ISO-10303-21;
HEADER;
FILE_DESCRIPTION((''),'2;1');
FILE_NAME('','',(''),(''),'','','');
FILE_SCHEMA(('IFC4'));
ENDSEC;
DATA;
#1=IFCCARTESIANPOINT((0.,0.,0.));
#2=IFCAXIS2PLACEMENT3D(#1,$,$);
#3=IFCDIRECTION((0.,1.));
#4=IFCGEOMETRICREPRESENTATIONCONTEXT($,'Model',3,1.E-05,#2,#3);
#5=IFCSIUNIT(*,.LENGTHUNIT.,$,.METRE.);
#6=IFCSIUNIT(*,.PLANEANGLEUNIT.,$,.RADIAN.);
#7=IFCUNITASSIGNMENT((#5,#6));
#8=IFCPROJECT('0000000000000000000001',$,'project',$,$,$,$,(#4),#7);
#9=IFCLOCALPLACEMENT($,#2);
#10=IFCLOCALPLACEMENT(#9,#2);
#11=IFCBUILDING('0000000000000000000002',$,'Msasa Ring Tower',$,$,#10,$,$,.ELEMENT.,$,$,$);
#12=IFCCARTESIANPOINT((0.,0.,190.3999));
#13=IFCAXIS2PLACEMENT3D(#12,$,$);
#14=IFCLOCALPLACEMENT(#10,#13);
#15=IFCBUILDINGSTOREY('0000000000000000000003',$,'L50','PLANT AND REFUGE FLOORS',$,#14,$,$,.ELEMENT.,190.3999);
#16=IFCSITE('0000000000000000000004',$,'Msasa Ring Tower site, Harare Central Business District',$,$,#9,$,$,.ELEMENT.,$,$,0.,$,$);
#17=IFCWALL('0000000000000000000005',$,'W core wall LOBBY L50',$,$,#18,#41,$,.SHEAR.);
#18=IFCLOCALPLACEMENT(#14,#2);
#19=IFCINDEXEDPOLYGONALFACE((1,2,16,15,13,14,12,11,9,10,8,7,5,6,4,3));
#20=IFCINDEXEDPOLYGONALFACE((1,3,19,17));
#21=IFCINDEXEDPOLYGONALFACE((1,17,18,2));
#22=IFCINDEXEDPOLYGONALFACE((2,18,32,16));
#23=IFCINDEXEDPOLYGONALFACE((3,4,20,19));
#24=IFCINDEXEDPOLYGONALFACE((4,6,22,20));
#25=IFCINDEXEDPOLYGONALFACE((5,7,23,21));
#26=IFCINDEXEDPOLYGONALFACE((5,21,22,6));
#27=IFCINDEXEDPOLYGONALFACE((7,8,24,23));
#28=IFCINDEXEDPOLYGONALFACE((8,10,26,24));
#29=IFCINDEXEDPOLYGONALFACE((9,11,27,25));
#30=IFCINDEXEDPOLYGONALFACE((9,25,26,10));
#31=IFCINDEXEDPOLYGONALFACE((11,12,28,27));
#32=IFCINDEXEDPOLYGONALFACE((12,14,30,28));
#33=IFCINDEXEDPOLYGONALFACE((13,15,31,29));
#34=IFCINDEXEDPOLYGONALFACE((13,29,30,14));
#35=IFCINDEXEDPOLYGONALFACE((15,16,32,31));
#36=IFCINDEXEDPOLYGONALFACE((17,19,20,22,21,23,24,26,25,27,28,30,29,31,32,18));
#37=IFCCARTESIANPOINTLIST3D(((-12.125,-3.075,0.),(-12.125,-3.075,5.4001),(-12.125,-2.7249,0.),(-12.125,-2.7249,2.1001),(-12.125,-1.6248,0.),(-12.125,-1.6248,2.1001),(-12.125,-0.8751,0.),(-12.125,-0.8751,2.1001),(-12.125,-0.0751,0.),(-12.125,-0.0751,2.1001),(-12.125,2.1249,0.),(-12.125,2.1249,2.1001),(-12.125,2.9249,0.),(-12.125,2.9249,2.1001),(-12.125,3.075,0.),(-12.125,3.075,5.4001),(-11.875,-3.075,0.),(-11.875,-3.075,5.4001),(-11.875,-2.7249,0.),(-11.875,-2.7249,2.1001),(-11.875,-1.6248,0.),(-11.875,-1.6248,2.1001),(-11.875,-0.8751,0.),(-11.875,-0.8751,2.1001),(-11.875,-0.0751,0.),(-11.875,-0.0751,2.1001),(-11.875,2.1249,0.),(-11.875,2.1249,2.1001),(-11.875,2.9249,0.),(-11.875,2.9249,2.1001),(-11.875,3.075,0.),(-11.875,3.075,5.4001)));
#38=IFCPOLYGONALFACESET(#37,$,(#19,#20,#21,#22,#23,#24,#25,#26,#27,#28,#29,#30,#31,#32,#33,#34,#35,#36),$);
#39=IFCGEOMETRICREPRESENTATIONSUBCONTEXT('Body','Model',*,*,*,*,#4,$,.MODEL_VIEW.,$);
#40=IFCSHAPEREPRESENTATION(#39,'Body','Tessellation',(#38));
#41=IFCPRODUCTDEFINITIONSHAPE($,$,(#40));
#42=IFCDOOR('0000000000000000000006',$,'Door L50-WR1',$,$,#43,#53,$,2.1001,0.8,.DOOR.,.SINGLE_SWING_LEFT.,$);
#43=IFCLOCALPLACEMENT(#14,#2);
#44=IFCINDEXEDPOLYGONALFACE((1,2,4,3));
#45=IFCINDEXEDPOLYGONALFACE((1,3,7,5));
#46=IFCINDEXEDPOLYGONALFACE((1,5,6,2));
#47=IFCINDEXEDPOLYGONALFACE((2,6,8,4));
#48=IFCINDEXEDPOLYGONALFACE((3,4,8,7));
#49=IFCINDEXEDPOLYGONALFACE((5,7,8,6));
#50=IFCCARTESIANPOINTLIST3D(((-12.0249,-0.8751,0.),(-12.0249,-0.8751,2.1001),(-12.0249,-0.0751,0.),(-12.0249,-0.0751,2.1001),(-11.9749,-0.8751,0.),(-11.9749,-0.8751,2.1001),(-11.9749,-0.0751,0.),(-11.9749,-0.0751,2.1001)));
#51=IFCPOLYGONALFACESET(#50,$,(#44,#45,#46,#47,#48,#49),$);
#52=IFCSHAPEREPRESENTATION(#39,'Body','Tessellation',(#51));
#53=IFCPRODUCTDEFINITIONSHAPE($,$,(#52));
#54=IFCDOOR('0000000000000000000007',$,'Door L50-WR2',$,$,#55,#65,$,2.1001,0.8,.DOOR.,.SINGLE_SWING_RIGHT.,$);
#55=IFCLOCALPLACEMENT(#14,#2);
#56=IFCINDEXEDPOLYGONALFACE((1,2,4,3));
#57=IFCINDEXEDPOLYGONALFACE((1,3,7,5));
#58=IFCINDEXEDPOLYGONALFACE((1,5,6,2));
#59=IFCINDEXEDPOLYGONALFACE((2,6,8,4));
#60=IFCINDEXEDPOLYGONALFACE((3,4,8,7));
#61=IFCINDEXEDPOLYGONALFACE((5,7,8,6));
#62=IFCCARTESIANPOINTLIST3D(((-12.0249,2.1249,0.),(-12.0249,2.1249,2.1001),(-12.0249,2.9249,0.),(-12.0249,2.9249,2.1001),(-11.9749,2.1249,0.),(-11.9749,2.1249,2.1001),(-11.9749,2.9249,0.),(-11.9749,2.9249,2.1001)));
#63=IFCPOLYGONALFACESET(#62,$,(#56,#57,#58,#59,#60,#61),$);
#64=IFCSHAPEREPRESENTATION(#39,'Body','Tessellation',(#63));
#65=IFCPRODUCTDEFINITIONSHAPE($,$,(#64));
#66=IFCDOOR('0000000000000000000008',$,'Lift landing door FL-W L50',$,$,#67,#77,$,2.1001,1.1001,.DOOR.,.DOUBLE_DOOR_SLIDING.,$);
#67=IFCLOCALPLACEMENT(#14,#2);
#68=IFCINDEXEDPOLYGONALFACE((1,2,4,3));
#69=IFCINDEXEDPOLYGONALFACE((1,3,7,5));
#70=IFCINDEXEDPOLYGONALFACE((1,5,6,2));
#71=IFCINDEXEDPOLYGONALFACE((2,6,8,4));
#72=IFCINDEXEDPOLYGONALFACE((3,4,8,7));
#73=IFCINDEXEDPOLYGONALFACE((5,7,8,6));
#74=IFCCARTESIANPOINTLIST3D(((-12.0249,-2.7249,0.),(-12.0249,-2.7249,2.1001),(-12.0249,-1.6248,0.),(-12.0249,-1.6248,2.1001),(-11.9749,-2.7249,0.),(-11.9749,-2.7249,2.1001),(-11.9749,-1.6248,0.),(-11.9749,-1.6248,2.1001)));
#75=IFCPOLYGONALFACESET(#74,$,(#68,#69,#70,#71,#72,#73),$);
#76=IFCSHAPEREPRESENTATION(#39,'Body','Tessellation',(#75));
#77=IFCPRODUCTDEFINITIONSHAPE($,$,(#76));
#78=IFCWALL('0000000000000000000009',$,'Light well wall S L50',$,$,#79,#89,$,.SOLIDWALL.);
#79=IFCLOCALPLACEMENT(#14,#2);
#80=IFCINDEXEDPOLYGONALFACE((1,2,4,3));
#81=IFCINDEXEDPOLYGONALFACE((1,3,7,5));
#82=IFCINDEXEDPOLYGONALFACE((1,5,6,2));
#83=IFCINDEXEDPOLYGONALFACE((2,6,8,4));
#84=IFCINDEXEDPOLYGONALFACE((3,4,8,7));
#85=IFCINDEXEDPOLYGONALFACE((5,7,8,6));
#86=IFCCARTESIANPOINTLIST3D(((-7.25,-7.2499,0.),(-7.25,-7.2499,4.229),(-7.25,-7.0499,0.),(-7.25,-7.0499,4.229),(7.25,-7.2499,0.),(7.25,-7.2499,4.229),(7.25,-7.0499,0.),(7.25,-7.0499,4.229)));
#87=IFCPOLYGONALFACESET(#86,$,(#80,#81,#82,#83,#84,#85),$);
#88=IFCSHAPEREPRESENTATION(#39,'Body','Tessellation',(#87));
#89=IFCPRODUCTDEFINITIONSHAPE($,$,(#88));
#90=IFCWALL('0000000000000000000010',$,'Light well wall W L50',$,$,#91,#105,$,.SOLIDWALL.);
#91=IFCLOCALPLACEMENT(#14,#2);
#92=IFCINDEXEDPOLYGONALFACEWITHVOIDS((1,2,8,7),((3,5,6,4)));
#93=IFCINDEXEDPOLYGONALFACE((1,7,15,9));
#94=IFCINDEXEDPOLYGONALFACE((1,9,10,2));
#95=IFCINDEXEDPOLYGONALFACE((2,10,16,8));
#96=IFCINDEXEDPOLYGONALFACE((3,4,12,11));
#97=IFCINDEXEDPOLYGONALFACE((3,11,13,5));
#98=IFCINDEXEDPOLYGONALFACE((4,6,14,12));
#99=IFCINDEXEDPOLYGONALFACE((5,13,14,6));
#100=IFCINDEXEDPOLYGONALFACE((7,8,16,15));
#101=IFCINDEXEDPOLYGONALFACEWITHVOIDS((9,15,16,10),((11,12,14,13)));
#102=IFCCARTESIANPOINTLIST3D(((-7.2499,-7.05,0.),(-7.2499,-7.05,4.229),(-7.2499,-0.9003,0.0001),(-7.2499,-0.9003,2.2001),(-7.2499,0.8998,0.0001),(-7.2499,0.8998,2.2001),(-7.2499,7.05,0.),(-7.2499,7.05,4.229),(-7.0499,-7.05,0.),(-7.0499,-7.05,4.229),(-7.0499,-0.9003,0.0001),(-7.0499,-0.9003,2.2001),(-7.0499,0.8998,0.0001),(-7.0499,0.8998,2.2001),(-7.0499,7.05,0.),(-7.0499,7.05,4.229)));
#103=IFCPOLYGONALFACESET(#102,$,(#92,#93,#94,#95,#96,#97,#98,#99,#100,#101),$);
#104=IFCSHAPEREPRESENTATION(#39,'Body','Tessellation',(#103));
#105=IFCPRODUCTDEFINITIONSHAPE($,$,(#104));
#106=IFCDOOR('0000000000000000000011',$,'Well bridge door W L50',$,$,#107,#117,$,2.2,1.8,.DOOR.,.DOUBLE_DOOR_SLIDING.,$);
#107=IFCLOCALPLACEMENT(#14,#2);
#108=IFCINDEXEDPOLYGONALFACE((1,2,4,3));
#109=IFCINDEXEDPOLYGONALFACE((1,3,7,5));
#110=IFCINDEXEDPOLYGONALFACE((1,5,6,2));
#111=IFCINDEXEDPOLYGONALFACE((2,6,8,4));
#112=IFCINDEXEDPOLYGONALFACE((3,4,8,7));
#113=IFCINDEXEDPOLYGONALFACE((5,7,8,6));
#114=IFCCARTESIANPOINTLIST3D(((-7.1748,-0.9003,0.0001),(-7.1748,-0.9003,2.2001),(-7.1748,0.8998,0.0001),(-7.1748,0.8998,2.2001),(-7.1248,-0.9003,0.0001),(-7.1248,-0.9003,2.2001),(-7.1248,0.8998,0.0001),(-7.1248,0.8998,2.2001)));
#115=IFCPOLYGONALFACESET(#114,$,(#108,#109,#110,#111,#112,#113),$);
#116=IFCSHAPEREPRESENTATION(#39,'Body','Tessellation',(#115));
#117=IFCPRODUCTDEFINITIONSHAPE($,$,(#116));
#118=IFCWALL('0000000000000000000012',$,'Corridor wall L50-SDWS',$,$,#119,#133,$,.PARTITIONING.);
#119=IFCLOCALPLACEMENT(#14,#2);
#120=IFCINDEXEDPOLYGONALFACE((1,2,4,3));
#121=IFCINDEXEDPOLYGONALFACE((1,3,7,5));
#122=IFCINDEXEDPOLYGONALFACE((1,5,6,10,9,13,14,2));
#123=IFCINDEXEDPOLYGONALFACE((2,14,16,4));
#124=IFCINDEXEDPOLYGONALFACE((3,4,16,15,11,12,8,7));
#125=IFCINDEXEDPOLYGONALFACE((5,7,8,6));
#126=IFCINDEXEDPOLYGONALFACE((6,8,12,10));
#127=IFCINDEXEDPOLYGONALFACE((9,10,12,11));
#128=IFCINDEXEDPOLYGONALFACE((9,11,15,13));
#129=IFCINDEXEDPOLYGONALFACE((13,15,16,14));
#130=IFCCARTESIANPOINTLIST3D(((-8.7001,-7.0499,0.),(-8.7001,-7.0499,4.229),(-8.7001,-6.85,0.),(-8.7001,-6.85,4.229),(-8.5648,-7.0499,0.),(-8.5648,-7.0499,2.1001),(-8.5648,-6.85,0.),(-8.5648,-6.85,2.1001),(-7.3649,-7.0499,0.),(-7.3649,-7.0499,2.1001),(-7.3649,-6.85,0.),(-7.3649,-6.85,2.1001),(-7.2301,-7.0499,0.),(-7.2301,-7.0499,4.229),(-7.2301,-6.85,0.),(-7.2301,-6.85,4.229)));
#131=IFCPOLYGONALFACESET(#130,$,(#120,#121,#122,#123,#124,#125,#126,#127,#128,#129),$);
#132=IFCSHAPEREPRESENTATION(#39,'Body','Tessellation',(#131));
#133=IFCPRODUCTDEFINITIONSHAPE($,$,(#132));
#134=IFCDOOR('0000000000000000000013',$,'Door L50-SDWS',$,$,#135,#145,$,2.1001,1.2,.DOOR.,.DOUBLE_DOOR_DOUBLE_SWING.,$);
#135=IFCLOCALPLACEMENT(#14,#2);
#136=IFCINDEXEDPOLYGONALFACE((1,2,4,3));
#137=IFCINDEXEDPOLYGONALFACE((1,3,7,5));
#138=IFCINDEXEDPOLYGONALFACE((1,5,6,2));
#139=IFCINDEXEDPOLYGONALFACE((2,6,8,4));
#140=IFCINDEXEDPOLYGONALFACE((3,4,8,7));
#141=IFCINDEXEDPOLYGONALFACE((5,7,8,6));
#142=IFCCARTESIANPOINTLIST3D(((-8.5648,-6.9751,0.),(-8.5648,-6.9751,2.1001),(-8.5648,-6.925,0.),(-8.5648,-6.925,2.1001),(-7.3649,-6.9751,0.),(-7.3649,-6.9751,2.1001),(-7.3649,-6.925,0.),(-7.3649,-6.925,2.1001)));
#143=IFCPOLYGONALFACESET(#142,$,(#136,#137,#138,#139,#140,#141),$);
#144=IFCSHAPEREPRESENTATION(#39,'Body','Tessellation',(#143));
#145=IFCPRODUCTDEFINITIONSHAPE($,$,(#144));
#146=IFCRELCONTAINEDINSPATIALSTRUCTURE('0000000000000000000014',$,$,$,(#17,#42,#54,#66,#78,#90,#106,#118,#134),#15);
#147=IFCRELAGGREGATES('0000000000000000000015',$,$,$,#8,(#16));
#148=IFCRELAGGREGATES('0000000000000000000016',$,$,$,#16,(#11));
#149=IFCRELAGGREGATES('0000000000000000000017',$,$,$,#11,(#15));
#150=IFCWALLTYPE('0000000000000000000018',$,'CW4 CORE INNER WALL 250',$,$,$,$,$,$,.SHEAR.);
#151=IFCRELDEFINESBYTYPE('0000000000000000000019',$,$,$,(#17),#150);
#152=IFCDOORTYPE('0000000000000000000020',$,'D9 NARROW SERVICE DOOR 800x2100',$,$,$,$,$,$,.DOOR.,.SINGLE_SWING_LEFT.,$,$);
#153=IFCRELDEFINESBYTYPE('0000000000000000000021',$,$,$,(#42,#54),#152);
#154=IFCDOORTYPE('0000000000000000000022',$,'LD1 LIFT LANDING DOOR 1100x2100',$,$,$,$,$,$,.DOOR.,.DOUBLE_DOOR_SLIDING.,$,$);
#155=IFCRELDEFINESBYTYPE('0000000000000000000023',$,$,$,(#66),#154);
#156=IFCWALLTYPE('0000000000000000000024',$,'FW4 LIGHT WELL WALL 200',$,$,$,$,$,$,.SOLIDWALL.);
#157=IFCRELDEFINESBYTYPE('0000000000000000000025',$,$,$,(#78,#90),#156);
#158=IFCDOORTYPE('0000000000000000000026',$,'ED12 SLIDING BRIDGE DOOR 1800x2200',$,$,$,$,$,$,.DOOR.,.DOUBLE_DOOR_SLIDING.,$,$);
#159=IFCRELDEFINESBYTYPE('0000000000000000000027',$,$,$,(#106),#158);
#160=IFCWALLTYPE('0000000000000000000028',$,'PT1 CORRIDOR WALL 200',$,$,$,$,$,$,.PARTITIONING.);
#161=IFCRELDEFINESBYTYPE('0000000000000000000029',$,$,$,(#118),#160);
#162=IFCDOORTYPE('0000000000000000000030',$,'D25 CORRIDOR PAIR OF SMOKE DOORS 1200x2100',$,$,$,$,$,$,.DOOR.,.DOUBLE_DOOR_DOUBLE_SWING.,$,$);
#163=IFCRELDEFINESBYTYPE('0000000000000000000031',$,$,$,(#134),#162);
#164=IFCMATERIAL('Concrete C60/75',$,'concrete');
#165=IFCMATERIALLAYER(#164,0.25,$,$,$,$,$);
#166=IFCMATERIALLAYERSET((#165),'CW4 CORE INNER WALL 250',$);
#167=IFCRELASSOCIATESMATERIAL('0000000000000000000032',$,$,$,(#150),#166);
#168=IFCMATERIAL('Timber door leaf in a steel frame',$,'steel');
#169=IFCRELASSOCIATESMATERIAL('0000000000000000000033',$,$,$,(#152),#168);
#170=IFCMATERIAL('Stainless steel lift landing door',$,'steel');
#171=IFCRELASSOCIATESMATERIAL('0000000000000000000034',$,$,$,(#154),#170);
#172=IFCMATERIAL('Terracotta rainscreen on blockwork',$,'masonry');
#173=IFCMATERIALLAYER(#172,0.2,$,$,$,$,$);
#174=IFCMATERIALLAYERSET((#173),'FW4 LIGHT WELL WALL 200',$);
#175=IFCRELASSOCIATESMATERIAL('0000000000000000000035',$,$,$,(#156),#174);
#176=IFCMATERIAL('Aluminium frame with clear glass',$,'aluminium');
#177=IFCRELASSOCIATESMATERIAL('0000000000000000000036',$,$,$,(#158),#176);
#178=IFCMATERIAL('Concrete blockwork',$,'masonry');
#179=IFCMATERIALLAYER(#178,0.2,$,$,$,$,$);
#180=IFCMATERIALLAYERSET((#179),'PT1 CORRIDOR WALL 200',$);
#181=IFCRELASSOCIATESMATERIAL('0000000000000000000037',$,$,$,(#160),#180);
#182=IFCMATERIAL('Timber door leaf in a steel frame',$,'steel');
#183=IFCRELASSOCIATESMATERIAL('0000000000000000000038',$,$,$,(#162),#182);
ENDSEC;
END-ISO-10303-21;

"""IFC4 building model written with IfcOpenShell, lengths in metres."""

from ifc_helpers import new_model, si_unit, direction, frame, frame_2d, origin, place, context, subcontext, project, spatial, rectangle, extrude, material, layer, layer_set, type_object, element, fill, save


model = new_model("IFC4")

# Units and contexts
model_context = context("Model", 3, precision=1e-05, world=origin(), true_north=direction((0.0, 1.0)))
body_context = subcontext(model_context, "Body", "Model", "MODEL_VIEW")
ifc_project = project(units=[si_unit("LENGTHUNIT", "METRE"), si_unit("PLANEANGLEUNIT", "RADIAN")], contexts=[model_context])

# Site, building, storey
site_placement = place(None, origin())
site = spatial("IfcSite", under=ifc_project, at=site_placement, Name="Msasa Ring Tower site, Harare Central Business District", CompositionType="ELEMENT", RefElevation=0.0)
building_placement = place(site_placement, origin())
building = spatial("IfcBuilding", under=site, at=building_placement, Name="Msasa Ring Tower", CompositionType="ELEMENT")
storey_placement = place(building_placement, frame((0.0, 0.0, 190.3999)))
storey = spatial("IfcBuildingStorey", under=building, at=storey_placement, Name="L50", Description="PLANT AND REFUGE FLOORS", CompositionType="ELEMENT", Elevation=190.3999)

# Shared definitions
ifc_material_1 = material(Name="Concrete C60/75", Category="concrete")
ifc_layer_1 = layer(ifc_material_1, 0.25)
ifc_layer_set_1 = layer_set([ifc_layer_1], Name="CW4 CORE INNER WALL 250")
wall_type_1 = type_object("IfcWallType", Name="CW4 CORE INNER WALL 250", PredefinedType="SHEAR", material=ifc_layer_set_1)

# Wall, openings, doors
wall_1_placement = place(storey_placement, frame((-12.0, -3.075, 0.0), z_axis=(0.0, 0.0, 1.0), x_axis=(0.0, 1.0, 0.0)))
wall_1 = element("IfcWall", 1, at=wall_1_placement, inside=storey, type_object=wall_type_1, Name="W core wall LOBBY L50", PredefinedType="SHEAR", context=body_context, shape_type="SweptSolid", body=[
    extrude(rectangle(XDim=6.1499, YDim=0.25, at=frame_2d((3.075, 0.0))), origin(), (0.0, 0.0, 1.0), 5.4001),
])
opening_1_placement = place(wall_1_placement, frame((2.2, 0.0, 0.0)))
opening_1 = element("IfcOpeningElement", 2, at=opening_1_placement, cuts=wall_1, PredefinedType="OPENING", context=body_context, shape_type="SweptSolid", body=[
    extrude(rectangle(XDim=0.8, YDim=2.1001, at=frame_2d((0.3999, 1.05))), frame((0.0, 0.135, 0.0), z_axis=(0.0, -1.0, 0.0), x_axis=(1.0, 0.0, 0.0)), (0.0, 0.0, 1.0), 0.27),
])
opening_2_placement = place(wall_1_placement, frame((5.2, 0.0, 0.0)))
opening_2 = element("IfcOpeningElement", 3, at=opening_2_placement, cuts=wall_1, PredefinedType="OPENING", context=body_context, shape_type="SweptSolid", body=[
    extrude(rectangle(XDim=0.8, YDim=2.1001, at=frame_2d((0.3999, 1.05))), frame((0.0, 0.135, 0.0), z_axis=(0.0, -1.0, 0.0), x_axis=(1.0, 0.0, 0.0)), (0.0, 0.0, 1.0), 0.27),
])
opening_3_placement = place(wall_1_placement, frame((0.3501, 0.0, 0.0)))
opening_3 = element("IfcOpeningElement", 4, at=opening_3_placement, cuts=wall_1, PredefinedType="OPENING", context=body_context, shape_type="SweptSolid", body=[
    extrude(rectangle(XDim=1.1001, YDim=2.1001, at=frame_2d((0.55, 1.05))), frame((0.0, 0.135, 0.0), z_axis=(0.0, -1.0, 0.0), x_axis=(1.0, 0.0, 0.0)), (0.0, 0.0, 1.0), 0.27),
])
ifc_material_2 = material(Name="Timber door leaf in a steel frame", Category="steel")
door_type_1 = type_object("IfcDoorType", Name="D9 NARROW SERVICE DOOR 800x2100", OperationType="SINGLE_SWING_LEFT", PredefinedType="DOOR", material=ifc_material_2)
door_1_placement = place(opening_1_placement, origin())
door_1 = element("IfcDoor", 5, at=door_1_placement, inside=storey, type_object=door_type_1, Name="Door L50-WR1", OperationType="SINGLE_SWING_LEFT", OverallHeight=2.1001, OverallWidth=0.8, PredefinedType="DOOR", context=body_context, shape_type="SweptSolid", body=[
    extrude(rectangle(XDim=0.8, YDim=2.1001, at=frame_2d((0.3999, 1.05))), frame((0.0, 0.0249, 0.0), z_axis=(0.0, -1.0, 0.0), x_axis=(1.0, 0.0, 0.0)), (0.0, 0.0, 1.0), 0.05),
])
fill(opening_1, door_1)
door_2_placement = place(opening_2_placement, origin())
door_2 = element("IfcDoor", 6, at=door_2_placement, inside=storey, type_object=door_type_1, Name="Door L50-WR2", OperationType="SINGLE_SWING_RIGHT", OverallHeight=2.1001, OverallWidth=0.8, PredefinedType="DOOR", context=body_context, shape_type="SweptSolid", body=[
    extrude(rectangle(XDim=0.8, YDim=2.1001, at=frame_2d((0.3999, 1.05))), frame((0.0, 0.0249, 0.0), z_axis=(0.0, -1.0, 0.0), x_axis=(1.0, 0.0, 0.0)), (0.0, 0.0, 1.0), 0.05),
])
fill(opening_2, door_2)
ifc_material_3 = material(Name="Stainless steel lift landing door", Category="steel")
door_type_2 = type_object("IfcDoorType", Name="LD1 LIFT LANDING DOOR 1100x2100", OperationType="DOUBLE_DOOR_SLIDING", PredefinedType="DOOR", material=ifc_material_3)
door_3_placement = place(opening_3_placement, origin())
door_3 = element("IfcDoor", 7, at=door_3_placement, inside=storey, type_object=door_type_2, Name="Lift landing door FL-W L50", OperationType="DOUBLE_DOOR_SLIDING", OverallHeight=2.1001, OverallWidth=1.1001, PredefinedType="DOOR", context=body_context, shape_type="SweptSolid", body=[
    extrude(rectangle(XDim=1.1001, YDim=2.1001, at=frame_2d((0.55, 1.05))), frame((0.0, 0.0249, 0.0), z_axis=(0.0, -1.0, 0.0), x_axis=(1.0, 0.0, 0.0)), (0.0, 0.0, 1.0), 0.05),
])
fill(opening_3, door_3)

# Wall
ifc_material_4 = material(Name="Terracotta rainscreen on blockwork", Category="masonry")
ifc_layer_2 = layer(ifc_material_4, 0.2)
ifc_layer_set_2 = layer_set([ifc_layer_2], Name="FW4 LIGHT WELL WALL 200")
wall_type_2 = type_object("IfcWallType", Name="FW4 LIGHT WELL WALL 200", PredefinedType="SOLIDWALL", material=ifc_layer_set_2)
wall_2_placement = place(storey_placement, frame((-7.25, -7.1499, 0.0), z_axis=(0.0, 0.0, 1.0), x_axis=(1.0, 0.0, 0.0)))
element("IfcWall", 8, at=wall_2_placement, inside=storey, type_object=wall_type_2, Name="Light well wall S L50", PredefinedType="SOLIDWALL", context=body_context, shape_type="SweptSolid", body=[
    extrude(rectangle(XDim=14.5, YDim=0.2, at=frame_2d((7.25, 0.0))), origin(), (0.0, 0.0, 1.0), 4.229),
])

# Walls, openings, doors
wall_3_placement = place(storey_placement, frame((-7.1499, -7.05, 0.0), z_axis=(0.0, 0.0, 1.0), x_axis=(0.0, 1.0, 0.0)))
wall_3 = element("IfcWall", 9, at=wall_3_placement, inside=storey, type_object=wall_type_2, Name="Light well wall W L50", PredefinedType="SOLIDWALL", context=body_context, shape_type="SweptSolid", body=[
    extrude(rectangle(XDim=14.1001, YDim=0.2, at=frame_2d((7.05, 0.0))), origin(), (0.0, 0.0, 1.0), 4.229),
])
opening_4_placement = place(wall_3_placement, frame((6.1499, 0.0, 0.0)))
opening_4 = element("IfcOpeningElement", 10, at=opening_4_placement, cuts=wall_3, PredefinedType="OPENING", context=body_context, shape_type="SweptSolid", body=[
    extrude(rectangle(XDim=1.8, YDim=2.2, at=frame_2d((0.8999, 1.1001))), frame((0.0, 0.1099, 0.0), z_axis=(0.0, -1.0, 0.0), x_axis=(1.0, 0.0, 0.0)), (0.0, 0.0, 1.0), 0.22),
])
ifc_material_5 = material(Name="Aluminium frame with clear glass", Category="aluminium")
door_type_3 = type_object("IfcDoorType", Name="ED12 SLIDING BRIDGE DOOR 1800x2200", OperationType="DOUBLE_DOOR_SLIDING", PredefinedType="DOOR", material=ifc_material_5)
door_4_placement = place(opening_4_placement, origin())
door_4 = element("IfcDoor", 11, at=door_4_placement, inside=storey, type_object=door_type_3, Name="Well bridge door W L50", OperationType="DOUBLE_DOOR_SLIDING", OverallHeight=2.2, OverallWidth=1.8, PredefinedType="DOOR", context=body_context, shape_type="SweptSolid", body=[
    extrude(rectangle(XDim=1.8, YDim=2.2, at=frame_2d((0.8999, 1.1001))), frame((0.0, 0.0249, 0.0), z_axis=(0.0, -1.0, 0.0), x_axis=(1.0, 0.0, 0.0)), (0.0, 0.0, 1.0), 0.05),
])
fill(opening_4, door_4)
ifc_material_6 = material(Name="Concrete blockwork", Category="masonry")
ifc_layer_3 = layer(ifc_material_6, 0.2)
ifc_layer_set_3 = layer_set([ifc_layer_3], Name="PT1 CORRIDOR WALL 200")
wall_type_3 = type_object("IfcWallType", Name="PT1 CORRIDOR WALL 200", PredefinedType="PARTITIONING", material=ifc_layer_set_3)
wall_4_placement = place(storey_placement, frame((-8.7, -6.95, 0.0), z_axis=(0.0, 0.0, 1.0), x_axis=(1.0, 0.0, 0.0)))
wall_4 = element("IfcWall", 12, at=wall_4_placement, inside=storey, type_object=wall_type_3, Name="Corridor wall L50-SDWS", PredefinedType="PARTITIONING", context=body_context, shape_type="SweptSolid", body=[
    extrude(rectangle(XDim=1.47, YDim=0.2, at=frame_2d((0.7349, 0.0))), origin(), (0.0, 0.0, 1.0), 4.229),
])
opening_5_placement = place(wall_4_placement, frame((0.135, 0.0, 0.0)))
opening_5 = element("IfcOpeningElement", 13, at=opening_5_placement, cuts=wall_4, PredefinedType="OPENING", context=body_context, shape_type="SweptSolid", body=[
    extrude(rectangle(XDim=1.2, YDim=2.1001, at=frame_2d((0.6001, 1.05))), frame((0.0, 0.1099, 0.0), z_axis=(0.0, -1.0, 0.0), x_axis=(1.0, 0.0, 0.0)), (0.0, 0.0, 1.0), 0.22),
])
ifc_material_7 = material(Name="Timber door leaf in a steel frame", Category="steel")
door_type_4 = type_object("IfcDoorType", Name="D25 CORRIDOR PAIR OF SMOKE DOORS 1200x2100", OperationType="DOUBLE_DOOR_DOUBLE_SWING", PredefinedType="DOOR", material=ifc_material_7)
door_5_placement = place(opening_5_placement, origin())
door_5 = element("IfcDoor", 14, at=door_5_placement, inside=storey, type_object=door_type_4, Name="Door L50-SDWS", OperationType="DOUBLE_DOOR_DOUBLE_SWING", OverallHeight=2.1001, OverallWidth=1.2, PredefinedType="DOOR", context=body_context, shape_type="SweptSolid", body=[
    extrude(rectangle(XDim=1.2, YDim=2.1001, at=frame_2d((0.6001, 1.05))), frame((0.0, 0.0249, 0.0), z_axis=(0.0, -1.0, 0.0), x_axis=(1.0, 0.0, 0.0)), (0.0, 0.0, 1.0), 0.05),
])
fill(opening_5, door_5)

save(model, "model.ifc")
